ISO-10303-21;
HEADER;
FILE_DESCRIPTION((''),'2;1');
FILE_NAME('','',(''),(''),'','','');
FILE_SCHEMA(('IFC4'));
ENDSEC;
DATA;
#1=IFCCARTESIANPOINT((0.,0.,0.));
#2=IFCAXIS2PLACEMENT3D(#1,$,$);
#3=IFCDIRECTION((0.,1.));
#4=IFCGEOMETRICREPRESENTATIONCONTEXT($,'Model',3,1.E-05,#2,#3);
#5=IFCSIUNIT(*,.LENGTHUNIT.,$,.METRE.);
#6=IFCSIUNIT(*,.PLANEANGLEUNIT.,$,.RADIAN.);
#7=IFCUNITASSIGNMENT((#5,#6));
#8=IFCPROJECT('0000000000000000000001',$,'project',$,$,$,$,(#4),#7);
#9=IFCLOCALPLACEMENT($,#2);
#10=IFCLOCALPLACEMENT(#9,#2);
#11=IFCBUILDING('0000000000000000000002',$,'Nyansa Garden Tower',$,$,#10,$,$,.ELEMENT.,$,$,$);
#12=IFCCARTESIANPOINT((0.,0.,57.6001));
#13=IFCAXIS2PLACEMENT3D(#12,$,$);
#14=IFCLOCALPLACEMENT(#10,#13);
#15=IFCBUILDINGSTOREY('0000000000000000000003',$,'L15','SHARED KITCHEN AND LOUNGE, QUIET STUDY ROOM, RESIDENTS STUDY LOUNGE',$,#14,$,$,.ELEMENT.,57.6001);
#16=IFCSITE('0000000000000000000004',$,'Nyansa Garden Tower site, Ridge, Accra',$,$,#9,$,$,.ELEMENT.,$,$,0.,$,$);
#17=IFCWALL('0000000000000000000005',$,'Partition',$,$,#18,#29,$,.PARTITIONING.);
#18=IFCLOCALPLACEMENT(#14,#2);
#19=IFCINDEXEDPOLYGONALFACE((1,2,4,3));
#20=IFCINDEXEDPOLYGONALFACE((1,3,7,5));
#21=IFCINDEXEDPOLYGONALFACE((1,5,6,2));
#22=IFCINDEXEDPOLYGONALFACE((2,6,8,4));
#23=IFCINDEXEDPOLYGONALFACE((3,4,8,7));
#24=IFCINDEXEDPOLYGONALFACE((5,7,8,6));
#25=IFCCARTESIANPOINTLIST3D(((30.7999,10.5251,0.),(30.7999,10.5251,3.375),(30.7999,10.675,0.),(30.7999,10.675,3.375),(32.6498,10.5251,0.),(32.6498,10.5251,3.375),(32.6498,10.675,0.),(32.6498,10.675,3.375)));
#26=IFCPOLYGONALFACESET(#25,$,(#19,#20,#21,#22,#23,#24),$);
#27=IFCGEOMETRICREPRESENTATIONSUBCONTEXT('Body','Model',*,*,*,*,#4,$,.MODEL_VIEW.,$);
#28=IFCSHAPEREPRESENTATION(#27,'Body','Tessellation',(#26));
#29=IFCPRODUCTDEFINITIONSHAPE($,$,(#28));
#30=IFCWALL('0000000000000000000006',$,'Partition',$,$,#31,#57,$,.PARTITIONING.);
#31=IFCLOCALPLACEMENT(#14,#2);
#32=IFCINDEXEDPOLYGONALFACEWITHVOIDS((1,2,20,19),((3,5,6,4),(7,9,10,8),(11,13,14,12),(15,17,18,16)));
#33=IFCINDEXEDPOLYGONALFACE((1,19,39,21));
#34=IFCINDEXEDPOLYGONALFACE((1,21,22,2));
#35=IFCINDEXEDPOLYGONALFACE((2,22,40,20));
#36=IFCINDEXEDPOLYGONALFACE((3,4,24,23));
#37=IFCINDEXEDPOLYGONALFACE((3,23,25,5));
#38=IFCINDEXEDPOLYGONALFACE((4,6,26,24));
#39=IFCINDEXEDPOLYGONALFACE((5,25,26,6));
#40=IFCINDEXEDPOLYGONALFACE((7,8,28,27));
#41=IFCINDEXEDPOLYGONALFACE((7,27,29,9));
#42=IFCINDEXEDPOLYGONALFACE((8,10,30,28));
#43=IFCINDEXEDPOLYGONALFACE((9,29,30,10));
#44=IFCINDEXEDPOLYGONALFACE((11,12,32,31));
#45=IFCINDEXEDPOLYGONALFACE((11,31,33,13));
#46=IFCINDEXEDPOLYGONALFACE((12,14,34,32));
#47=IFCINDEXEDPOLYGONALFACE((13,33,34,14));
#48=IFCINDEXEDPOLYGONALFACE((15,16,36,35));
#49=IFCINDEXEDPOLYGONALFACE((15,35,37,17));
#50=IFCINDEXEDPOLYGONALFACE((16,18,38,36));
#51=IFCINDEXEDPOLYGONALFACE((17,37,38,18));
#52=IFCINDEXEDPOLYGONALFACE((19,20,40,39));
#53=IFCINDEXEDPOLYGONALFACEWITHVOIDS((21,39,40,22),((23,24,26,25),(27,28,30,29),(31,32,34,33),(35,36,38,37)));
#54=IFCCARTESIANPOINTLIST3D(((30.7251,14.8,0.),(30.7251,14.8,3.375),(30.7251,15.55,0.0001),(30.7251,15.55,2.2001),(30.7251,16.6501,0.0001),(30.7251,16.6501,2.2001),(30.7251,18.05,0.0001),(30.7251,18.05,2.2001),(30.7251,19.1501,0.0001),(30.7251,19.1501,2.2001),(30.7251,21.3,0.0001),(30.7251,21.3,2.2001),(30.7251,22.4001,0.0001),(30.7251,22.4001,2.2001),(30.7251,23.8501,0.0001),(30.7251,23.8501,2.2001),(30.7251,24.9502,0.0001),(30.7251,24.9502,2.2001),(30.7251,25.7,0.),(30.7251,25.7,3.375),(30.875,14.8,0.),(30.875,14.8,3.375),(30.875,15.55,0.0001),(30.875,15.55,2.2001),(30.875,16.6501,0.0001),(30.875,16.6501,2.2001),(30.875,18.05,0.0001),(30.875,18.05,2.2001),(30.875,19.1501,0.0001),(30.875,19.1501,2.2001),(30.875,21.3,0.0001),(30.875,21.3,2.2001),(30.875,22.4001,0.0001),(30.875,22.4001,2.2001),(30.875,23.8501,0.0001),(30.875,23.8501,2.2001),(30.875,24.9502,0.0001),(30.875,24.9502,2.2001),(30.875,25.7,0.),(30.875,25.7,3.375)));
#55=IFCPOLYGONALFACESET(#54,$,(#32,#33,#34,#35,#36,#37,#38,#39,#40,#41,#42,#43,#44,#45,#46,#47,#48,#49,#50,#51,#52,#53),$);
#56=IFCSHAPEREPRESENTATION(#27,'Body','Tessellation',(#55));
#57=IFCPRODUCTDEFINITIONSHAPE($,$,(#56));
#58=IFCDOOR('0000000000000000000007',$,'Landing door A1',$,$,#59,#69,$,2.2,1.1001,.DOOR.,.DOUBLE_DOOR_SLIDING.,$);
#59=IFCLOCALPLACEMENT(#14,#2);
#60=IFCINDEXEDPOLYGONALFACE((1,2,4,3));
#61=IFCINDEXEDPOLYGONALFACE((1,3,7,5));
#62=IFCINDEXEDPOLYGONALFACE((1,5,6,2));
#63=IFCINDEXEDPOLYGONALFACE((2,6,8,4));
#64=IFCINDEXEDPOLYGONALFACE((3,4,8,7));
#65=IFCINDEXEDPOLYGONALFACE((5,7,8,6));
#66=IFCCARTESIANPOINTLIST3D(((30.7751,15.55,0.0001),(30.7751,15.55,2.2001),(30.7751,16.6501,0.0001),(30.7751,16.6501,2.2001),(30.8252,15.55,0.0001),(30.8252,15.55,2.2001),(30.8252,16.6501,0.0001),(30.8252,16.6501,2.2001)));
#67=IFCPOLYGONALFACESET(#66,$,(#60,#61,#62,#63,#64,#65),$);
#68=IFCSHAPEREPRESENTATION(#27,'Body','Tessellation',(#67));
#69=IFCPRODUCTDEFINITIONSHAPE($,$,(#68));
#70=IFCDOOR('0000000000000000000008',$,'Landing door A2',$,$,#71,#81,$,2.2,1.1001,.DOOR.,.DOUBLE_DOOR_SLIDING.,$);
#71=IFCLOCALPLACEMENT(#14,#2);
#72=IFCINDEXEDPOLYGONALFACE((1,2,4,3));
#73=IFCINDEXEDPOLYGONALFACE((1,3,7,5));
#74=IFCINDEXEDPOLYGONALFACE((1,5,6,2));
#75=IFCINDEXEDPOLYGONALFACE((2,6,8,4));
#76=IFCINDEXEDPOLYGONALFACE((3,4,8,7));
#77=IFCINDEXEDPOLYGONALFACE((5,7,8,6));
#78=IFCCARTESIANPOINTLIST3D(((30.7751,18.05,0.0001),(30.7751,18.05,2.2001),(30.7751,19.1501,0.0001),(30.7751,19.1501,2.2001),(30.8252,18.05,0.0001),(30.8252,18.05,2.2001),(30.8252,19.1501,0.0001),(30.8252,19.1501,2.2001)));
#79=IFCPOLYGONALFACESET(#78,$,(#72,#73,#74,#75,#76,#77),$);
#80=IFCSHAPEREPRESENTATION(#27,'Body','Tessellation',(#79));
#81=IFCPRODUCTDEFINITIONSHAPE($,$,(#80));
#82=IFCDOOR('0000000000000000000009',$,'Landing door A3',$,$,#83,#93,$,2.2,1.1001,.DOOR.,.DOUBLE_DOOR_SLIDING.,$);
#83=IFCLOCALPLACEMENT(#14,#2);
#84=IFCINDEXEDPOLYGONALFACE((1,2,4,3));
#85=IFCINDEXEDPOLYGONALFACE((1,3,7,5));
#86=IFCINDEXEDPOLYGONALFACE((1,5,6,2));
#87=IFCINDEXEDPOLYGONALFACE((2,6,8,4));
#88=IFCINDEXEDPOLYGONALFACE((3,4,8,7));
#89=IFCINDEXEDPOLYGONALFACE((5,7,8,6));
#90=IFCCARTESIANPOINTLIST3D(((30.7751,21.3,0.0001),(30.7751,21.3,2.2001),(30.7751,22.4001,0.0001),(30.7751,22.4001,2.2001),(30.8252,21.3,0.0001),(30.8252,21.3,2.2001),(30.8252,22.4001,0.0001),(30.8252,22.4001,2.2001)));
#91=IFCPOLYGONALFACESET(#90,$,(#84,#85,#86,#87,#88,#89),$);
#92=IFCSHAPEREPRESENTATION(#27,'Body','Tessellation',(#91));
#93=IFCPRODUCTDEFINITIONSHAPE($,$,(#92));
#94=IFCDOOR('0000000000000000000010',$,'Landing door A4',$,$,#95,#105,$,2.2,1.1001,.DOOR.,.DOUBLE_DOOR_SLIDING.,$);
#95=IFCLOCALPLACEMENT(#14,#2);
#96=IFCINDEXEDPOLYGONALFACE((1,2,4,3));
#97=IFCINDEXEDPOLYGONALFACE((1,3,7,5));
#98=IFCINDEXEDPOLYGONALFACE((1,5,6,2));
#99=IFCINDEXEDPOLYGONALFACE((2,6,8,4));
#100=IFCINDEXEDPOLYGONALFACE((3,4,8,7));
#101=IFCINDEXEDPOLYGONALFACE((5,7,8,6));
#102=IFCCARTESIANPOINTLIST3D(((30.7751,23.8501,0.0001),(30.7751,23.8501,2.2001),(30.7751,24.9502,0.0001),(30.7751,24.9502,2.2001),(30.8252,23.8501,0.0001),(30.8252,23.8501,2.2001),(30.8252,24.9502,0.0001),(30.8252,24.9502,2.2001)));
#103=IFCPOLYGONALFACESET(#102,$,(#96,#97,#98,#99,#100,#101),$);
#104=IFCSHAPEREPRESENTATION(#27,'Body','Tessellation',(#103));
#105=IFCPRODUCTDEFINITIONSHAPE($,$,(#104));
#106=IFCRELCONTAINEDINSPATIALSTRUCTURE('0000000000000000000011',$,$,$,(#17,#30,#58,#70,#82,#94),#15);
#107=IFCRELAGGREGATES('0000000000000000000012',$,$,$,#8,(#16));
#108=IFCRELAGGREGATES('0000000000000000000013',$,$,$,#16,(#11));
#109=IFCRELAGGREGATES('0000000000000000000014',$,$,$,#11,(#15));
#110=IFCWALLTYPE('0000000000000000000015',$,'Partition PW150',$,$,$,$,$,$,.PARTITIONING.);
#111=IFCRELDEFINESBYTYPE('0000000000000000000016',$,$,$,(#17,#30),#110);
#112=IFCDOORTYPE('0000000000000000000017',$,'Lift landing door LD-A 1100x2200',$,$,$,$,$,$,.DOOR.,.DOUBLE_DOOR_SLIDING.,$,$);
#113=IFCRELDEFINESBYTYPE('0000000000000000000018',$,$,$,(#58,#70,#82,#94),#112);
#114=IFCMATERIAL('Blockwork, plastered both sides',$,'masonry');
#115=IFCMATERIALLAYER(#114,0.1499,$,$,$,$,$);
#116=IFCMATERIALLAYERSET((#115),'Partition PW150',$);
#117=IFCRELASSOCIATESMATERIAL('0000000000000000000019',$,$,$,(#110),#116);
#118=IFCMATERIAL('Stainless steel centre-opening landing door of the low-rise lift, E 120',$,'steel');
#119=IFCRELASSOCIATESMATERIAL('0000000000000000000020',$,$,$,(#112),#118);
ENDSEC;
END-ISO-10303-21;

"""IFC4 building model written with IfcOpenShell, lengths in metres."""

from ifc_helpers import new_model, si_unit, direction, frame, frame_2d, origin, place, context, subcontext, project, spatial, rectangle, extrude, material, layer, layer_set, type_object, element, fill, save


model = new_model("IFC4")

# Units and contexts
model_context = context("Model", 3, precision=1e-05, world=origin(), true_north=direction((0.0, 1.0)))
body_context = subcontext(model_context, "Body", "Model", "MODEL_VIEW")
ifc_project = project(units=[si_unit("LENGTHUNIT", "METRE"), si_unit("PLANEANGLEUNIT", "RADIAN")], contexts=[model_context])

# Site, building, storey
site_placement = place(None, origin())
site = spatial("IfcSite", under=ifc_project, at=site_placement, Name="Nyansa Garden Tower site, Ridge, Accra", CompositionType="ELEMENT", RefElevation=0.0)
building_placement = place(site_placement, origin())
building = spatial("IfcBuilding", under=site, at=building_placement, Name="Nyansa Garden Tower", CompositionType="ELEMENT")
storey_placement = place(building_placement, frame((0.0, 0.0, 57.6001)))
storey = spatial("IfcBuildingStorey", under=building, at=storey_placement, Name="L15", Description="SHARED KITCHEN AND LOUNGE, QUIET STUDY ROOM, RESIDENTS STUDY LOUNGE", CompositionType="ELEMENT", Elevation=57.6001)

# Shared definitions
ifc_material_1 = material(Name="Blockwork, plastered both sides", Category="masonry")
ifc_layer_1 = layer(ifc_material_1, 0.1499)
ifc_layer_set_1 = layer_set([ifc_layer_1], Name="Partition PW150")
wall_type_1 = type_object("IfcWallType", Name="Partition PW150", PredefinedType="PARTITIONING", material=ifc_layer_set_1)

# Wall
wall_1_placement = place(storey_placement, frame((30.8, 10.6001, 0.0), z_axis=(0.0, 0.0, 1.0), x_axis=(1.0, 0.0, 0.0)))
element("IfcWall", 1, at=wall_1_placement, inside=storey, type_object=wall_type_1, Name="Partition", PredefinedType="PARTITIONING", context=body_context, shape_type="SweptSolid", body=[
    extrude(rectangle(XDim=1.8499, YDim=0.1499, at=frame_2d((0.9248, 0.0))), origin(), (0.0, 0.0, 1.0), 3.375),
])

# Wall, openings, doors
wall_2_placement = place(storey_placement, frame((30.8, 14.8, 0.0), z_axis=(0.0, 0.0, 1.0), x_axis=(0.0, 1.0, 0.0)))
wall_2 = element("IfcWall", 2, at=wall_2_placement, inside=storey, type_object=wall_type_1, Name="Partition", PredefinedType="PARTITIONING", context=body_context, shape_type="SweptSolid", body=[
    extrude(rectangle(XDim=10.8999, YDim=0.1499, at=frame_2d((5.45, 0.0))), origin(), (0.0, 0.0, 1.0), 3.375),
])
opening_1_placement = place(wall_2_placement, frame((0.75, 0.0, 0.0)))
opening_1 = element("IfcOpeningElement", 3, at=opening_1_placement, cuts=wall_2, PredefinedType="OPENING", context=body_context, shape_type="SweptSolid", body=[
    extrude(rectangle(XDim=1.1001, YDim=2.2, at=frame_2d((0.55, 1.1001))), frame((0.0, 0.085, 0.0), z_axis=(0.0, -1.0, 0.0), x_axis=(1.0, 0.0, 0.0)), (0.0, 0.0, 1.0), 0.1699),
])
opening_2_placement = place(wall_2_placement, frame((3.25, 0.0, 0.0)))
opening_2 = element("IfcOpeningElement", 4, at=opening_2_placement, cuts=wall_2, PredefinedType="OPENING", context=body_context, shape_type="SweptSolid", body=[
    extrude(rectangle(XDim=1.1001, YDim=2.2, at=frame_2d((0.55, 1.1001))), frame((0.0, 0.085, 0.0), z_axis=(0.0, -1.0, 0.0), x_axis=(1.0, 0.0, 0.0)), (0.0, 0.0, 1.0), 0.1699),
])
opening_3_placement = place(wall_2_placement, frame((6.5, 0.0, 0.0)))
opening_3 = element("IfcOpeningElement", 5, at=opening_3_placement, cuts=wall_2, PredefinedType="OPENING", context=body_context, shape_type="SweptSolid", body=[
    extrude(rectangle(XDim=1.1001, YDim=2.2, at=frame_2d((0.55, 1.1001))), frame((0.0, 0.085, 0.0), z_axis=(0.0, -1.0, 0.0), x_axis=(1.0, 0.0, 0.0)), (0.0, 0.0, 1.0), 0.1699),
])
opening_4_placement = place(wall_2_placement, frame((9.05, 0.0, 0.0)))
opening_4 = element("IfcOpeningElement", 6, at=opening_4_placement, cuts=wall_2, PredefinedType="OPENING", context=body_context, shape_type="SweptSolid", body=[
    extrude(rectangle(XDim=1.1001, YDim=2.2, at=frame_2d((0.55, 1.1001))), frame((0.0, 0.085, 0.0), z_axis=(0.0, -1.0, 0.0), x_axis=(1.0, 0.0, 0.0)), (0.0, 0.0, 1.0), 0.1699),
])
ifc_material_2 = material(Name="Stainless steel centre-opening landing door of the low-rise lift, E 120", Category="steel")
door_type_1 = type_object("IfcDoorType", Name="Lift landing door LD-A 1100x2200", OperationType="DOUBLE_DOOR_SLIDING", PredefinedType="DOOR", material=ifc_material_2)
door_1_placement = place(opening_1_placement, origin())
door_1 = element("IfcDoor", 7, at=door_1_placement, inside=storey, type_object=door_type_1, Name="Landing door A1", OperationType="DOUBLE_DOOR_SLIDING", OverallHeight=2.2, OverallWidth=1.1001, PredefinedType="DOOR", context=body_context, shape_type="SweptSolid", body=[
    extrude(rectangle(XDim=1.1001, YDim=2.2, at=frame_2d((0.55, 1.1001))), frame((0.0, 0.0249, 0.0), z_axis=(0.0, -1.0, 0.0), x_axis=(1.0, 0.0, 0.0)), (0.0, 0.0, 1.0), 0.05),
])
fill(opening_1, door_1)
door_2_placement = place(opening_2_placement, origin())
door_2 = element("IfcDoor", 8, at=door_2_placement, inside=storey, type_object=door_type_1, Name="Landing door A2", OperationType="DOUBLE_DOOR_SLIDING", OverallHeight=2.2, OverallWidth=1.1001, PredefinedType="DOOR", context=body_context, shape_type="SweptSolid", body=[
    extrude(rectangle(XDim=1.1001, YDim=2.2, at=frame_2d((0.55, 1.1001))), frame((0.0, 0.0249, 0.0), z_axis=(0.0, -1.0, 0.0), x_axis=(1.0, 0.0, 0.0)), (0.0, 0.0, 1.0), 0.05),
])
fill(opening_2, door_2)
door_3_placement = place(opening_3_placement, origin())
door_3 = element("IfcDoor", 9, at=door_3_placement, inside=storey, type_object=door_type_1, Name="Landing door A3", OperationType="DOUBLE_DOOR_SLIDING", OverallHeight=2.2, OverallWidth=1.1001, PredefinedType="DOOR", context=body_context, shape_type="SweptSolid", body=[
    extrude(rectangle(XDim=1.1001, YDim=2.2, at=frame_2d((0.55, 1.1001))), frame((0.0, 0.0249, 0.0), z_axis=(0.0, -1.0, 0.0), x_axis=(1.0, 0.0, 0.0)), (0.0, 0.0, 1.0), 0.05),
])
fill(opening_3, door_3)
door_4_placement = place(opening_4_placement, origin())
door_4 = element("IfcDoor", 10, at=door_4_placement, inside=storey, type_object=door_type_1, Name="Landing door A4", OperationType="DOUBLE_DOOR_SLIDING", OverallHeight=2.2, OverallWidth=1.1001, PredefinedType="DOOR", context=body_context, shape_type="SweptSolid", body=[
    extrude(rectangle(XDim=1.1001, YDim=2.2, at=frame_2d((0.55, 1.1001))), frame((0.0, 0.0249, 0.0), z_axis=(0.0, -1.0, 0.0), x_axis=(1.0, 0.0, 0.0)), (0.0, 0.0, 1.0), 0.05),
])
fill(opening_4, door_4)

save(model, "model.ifc")
